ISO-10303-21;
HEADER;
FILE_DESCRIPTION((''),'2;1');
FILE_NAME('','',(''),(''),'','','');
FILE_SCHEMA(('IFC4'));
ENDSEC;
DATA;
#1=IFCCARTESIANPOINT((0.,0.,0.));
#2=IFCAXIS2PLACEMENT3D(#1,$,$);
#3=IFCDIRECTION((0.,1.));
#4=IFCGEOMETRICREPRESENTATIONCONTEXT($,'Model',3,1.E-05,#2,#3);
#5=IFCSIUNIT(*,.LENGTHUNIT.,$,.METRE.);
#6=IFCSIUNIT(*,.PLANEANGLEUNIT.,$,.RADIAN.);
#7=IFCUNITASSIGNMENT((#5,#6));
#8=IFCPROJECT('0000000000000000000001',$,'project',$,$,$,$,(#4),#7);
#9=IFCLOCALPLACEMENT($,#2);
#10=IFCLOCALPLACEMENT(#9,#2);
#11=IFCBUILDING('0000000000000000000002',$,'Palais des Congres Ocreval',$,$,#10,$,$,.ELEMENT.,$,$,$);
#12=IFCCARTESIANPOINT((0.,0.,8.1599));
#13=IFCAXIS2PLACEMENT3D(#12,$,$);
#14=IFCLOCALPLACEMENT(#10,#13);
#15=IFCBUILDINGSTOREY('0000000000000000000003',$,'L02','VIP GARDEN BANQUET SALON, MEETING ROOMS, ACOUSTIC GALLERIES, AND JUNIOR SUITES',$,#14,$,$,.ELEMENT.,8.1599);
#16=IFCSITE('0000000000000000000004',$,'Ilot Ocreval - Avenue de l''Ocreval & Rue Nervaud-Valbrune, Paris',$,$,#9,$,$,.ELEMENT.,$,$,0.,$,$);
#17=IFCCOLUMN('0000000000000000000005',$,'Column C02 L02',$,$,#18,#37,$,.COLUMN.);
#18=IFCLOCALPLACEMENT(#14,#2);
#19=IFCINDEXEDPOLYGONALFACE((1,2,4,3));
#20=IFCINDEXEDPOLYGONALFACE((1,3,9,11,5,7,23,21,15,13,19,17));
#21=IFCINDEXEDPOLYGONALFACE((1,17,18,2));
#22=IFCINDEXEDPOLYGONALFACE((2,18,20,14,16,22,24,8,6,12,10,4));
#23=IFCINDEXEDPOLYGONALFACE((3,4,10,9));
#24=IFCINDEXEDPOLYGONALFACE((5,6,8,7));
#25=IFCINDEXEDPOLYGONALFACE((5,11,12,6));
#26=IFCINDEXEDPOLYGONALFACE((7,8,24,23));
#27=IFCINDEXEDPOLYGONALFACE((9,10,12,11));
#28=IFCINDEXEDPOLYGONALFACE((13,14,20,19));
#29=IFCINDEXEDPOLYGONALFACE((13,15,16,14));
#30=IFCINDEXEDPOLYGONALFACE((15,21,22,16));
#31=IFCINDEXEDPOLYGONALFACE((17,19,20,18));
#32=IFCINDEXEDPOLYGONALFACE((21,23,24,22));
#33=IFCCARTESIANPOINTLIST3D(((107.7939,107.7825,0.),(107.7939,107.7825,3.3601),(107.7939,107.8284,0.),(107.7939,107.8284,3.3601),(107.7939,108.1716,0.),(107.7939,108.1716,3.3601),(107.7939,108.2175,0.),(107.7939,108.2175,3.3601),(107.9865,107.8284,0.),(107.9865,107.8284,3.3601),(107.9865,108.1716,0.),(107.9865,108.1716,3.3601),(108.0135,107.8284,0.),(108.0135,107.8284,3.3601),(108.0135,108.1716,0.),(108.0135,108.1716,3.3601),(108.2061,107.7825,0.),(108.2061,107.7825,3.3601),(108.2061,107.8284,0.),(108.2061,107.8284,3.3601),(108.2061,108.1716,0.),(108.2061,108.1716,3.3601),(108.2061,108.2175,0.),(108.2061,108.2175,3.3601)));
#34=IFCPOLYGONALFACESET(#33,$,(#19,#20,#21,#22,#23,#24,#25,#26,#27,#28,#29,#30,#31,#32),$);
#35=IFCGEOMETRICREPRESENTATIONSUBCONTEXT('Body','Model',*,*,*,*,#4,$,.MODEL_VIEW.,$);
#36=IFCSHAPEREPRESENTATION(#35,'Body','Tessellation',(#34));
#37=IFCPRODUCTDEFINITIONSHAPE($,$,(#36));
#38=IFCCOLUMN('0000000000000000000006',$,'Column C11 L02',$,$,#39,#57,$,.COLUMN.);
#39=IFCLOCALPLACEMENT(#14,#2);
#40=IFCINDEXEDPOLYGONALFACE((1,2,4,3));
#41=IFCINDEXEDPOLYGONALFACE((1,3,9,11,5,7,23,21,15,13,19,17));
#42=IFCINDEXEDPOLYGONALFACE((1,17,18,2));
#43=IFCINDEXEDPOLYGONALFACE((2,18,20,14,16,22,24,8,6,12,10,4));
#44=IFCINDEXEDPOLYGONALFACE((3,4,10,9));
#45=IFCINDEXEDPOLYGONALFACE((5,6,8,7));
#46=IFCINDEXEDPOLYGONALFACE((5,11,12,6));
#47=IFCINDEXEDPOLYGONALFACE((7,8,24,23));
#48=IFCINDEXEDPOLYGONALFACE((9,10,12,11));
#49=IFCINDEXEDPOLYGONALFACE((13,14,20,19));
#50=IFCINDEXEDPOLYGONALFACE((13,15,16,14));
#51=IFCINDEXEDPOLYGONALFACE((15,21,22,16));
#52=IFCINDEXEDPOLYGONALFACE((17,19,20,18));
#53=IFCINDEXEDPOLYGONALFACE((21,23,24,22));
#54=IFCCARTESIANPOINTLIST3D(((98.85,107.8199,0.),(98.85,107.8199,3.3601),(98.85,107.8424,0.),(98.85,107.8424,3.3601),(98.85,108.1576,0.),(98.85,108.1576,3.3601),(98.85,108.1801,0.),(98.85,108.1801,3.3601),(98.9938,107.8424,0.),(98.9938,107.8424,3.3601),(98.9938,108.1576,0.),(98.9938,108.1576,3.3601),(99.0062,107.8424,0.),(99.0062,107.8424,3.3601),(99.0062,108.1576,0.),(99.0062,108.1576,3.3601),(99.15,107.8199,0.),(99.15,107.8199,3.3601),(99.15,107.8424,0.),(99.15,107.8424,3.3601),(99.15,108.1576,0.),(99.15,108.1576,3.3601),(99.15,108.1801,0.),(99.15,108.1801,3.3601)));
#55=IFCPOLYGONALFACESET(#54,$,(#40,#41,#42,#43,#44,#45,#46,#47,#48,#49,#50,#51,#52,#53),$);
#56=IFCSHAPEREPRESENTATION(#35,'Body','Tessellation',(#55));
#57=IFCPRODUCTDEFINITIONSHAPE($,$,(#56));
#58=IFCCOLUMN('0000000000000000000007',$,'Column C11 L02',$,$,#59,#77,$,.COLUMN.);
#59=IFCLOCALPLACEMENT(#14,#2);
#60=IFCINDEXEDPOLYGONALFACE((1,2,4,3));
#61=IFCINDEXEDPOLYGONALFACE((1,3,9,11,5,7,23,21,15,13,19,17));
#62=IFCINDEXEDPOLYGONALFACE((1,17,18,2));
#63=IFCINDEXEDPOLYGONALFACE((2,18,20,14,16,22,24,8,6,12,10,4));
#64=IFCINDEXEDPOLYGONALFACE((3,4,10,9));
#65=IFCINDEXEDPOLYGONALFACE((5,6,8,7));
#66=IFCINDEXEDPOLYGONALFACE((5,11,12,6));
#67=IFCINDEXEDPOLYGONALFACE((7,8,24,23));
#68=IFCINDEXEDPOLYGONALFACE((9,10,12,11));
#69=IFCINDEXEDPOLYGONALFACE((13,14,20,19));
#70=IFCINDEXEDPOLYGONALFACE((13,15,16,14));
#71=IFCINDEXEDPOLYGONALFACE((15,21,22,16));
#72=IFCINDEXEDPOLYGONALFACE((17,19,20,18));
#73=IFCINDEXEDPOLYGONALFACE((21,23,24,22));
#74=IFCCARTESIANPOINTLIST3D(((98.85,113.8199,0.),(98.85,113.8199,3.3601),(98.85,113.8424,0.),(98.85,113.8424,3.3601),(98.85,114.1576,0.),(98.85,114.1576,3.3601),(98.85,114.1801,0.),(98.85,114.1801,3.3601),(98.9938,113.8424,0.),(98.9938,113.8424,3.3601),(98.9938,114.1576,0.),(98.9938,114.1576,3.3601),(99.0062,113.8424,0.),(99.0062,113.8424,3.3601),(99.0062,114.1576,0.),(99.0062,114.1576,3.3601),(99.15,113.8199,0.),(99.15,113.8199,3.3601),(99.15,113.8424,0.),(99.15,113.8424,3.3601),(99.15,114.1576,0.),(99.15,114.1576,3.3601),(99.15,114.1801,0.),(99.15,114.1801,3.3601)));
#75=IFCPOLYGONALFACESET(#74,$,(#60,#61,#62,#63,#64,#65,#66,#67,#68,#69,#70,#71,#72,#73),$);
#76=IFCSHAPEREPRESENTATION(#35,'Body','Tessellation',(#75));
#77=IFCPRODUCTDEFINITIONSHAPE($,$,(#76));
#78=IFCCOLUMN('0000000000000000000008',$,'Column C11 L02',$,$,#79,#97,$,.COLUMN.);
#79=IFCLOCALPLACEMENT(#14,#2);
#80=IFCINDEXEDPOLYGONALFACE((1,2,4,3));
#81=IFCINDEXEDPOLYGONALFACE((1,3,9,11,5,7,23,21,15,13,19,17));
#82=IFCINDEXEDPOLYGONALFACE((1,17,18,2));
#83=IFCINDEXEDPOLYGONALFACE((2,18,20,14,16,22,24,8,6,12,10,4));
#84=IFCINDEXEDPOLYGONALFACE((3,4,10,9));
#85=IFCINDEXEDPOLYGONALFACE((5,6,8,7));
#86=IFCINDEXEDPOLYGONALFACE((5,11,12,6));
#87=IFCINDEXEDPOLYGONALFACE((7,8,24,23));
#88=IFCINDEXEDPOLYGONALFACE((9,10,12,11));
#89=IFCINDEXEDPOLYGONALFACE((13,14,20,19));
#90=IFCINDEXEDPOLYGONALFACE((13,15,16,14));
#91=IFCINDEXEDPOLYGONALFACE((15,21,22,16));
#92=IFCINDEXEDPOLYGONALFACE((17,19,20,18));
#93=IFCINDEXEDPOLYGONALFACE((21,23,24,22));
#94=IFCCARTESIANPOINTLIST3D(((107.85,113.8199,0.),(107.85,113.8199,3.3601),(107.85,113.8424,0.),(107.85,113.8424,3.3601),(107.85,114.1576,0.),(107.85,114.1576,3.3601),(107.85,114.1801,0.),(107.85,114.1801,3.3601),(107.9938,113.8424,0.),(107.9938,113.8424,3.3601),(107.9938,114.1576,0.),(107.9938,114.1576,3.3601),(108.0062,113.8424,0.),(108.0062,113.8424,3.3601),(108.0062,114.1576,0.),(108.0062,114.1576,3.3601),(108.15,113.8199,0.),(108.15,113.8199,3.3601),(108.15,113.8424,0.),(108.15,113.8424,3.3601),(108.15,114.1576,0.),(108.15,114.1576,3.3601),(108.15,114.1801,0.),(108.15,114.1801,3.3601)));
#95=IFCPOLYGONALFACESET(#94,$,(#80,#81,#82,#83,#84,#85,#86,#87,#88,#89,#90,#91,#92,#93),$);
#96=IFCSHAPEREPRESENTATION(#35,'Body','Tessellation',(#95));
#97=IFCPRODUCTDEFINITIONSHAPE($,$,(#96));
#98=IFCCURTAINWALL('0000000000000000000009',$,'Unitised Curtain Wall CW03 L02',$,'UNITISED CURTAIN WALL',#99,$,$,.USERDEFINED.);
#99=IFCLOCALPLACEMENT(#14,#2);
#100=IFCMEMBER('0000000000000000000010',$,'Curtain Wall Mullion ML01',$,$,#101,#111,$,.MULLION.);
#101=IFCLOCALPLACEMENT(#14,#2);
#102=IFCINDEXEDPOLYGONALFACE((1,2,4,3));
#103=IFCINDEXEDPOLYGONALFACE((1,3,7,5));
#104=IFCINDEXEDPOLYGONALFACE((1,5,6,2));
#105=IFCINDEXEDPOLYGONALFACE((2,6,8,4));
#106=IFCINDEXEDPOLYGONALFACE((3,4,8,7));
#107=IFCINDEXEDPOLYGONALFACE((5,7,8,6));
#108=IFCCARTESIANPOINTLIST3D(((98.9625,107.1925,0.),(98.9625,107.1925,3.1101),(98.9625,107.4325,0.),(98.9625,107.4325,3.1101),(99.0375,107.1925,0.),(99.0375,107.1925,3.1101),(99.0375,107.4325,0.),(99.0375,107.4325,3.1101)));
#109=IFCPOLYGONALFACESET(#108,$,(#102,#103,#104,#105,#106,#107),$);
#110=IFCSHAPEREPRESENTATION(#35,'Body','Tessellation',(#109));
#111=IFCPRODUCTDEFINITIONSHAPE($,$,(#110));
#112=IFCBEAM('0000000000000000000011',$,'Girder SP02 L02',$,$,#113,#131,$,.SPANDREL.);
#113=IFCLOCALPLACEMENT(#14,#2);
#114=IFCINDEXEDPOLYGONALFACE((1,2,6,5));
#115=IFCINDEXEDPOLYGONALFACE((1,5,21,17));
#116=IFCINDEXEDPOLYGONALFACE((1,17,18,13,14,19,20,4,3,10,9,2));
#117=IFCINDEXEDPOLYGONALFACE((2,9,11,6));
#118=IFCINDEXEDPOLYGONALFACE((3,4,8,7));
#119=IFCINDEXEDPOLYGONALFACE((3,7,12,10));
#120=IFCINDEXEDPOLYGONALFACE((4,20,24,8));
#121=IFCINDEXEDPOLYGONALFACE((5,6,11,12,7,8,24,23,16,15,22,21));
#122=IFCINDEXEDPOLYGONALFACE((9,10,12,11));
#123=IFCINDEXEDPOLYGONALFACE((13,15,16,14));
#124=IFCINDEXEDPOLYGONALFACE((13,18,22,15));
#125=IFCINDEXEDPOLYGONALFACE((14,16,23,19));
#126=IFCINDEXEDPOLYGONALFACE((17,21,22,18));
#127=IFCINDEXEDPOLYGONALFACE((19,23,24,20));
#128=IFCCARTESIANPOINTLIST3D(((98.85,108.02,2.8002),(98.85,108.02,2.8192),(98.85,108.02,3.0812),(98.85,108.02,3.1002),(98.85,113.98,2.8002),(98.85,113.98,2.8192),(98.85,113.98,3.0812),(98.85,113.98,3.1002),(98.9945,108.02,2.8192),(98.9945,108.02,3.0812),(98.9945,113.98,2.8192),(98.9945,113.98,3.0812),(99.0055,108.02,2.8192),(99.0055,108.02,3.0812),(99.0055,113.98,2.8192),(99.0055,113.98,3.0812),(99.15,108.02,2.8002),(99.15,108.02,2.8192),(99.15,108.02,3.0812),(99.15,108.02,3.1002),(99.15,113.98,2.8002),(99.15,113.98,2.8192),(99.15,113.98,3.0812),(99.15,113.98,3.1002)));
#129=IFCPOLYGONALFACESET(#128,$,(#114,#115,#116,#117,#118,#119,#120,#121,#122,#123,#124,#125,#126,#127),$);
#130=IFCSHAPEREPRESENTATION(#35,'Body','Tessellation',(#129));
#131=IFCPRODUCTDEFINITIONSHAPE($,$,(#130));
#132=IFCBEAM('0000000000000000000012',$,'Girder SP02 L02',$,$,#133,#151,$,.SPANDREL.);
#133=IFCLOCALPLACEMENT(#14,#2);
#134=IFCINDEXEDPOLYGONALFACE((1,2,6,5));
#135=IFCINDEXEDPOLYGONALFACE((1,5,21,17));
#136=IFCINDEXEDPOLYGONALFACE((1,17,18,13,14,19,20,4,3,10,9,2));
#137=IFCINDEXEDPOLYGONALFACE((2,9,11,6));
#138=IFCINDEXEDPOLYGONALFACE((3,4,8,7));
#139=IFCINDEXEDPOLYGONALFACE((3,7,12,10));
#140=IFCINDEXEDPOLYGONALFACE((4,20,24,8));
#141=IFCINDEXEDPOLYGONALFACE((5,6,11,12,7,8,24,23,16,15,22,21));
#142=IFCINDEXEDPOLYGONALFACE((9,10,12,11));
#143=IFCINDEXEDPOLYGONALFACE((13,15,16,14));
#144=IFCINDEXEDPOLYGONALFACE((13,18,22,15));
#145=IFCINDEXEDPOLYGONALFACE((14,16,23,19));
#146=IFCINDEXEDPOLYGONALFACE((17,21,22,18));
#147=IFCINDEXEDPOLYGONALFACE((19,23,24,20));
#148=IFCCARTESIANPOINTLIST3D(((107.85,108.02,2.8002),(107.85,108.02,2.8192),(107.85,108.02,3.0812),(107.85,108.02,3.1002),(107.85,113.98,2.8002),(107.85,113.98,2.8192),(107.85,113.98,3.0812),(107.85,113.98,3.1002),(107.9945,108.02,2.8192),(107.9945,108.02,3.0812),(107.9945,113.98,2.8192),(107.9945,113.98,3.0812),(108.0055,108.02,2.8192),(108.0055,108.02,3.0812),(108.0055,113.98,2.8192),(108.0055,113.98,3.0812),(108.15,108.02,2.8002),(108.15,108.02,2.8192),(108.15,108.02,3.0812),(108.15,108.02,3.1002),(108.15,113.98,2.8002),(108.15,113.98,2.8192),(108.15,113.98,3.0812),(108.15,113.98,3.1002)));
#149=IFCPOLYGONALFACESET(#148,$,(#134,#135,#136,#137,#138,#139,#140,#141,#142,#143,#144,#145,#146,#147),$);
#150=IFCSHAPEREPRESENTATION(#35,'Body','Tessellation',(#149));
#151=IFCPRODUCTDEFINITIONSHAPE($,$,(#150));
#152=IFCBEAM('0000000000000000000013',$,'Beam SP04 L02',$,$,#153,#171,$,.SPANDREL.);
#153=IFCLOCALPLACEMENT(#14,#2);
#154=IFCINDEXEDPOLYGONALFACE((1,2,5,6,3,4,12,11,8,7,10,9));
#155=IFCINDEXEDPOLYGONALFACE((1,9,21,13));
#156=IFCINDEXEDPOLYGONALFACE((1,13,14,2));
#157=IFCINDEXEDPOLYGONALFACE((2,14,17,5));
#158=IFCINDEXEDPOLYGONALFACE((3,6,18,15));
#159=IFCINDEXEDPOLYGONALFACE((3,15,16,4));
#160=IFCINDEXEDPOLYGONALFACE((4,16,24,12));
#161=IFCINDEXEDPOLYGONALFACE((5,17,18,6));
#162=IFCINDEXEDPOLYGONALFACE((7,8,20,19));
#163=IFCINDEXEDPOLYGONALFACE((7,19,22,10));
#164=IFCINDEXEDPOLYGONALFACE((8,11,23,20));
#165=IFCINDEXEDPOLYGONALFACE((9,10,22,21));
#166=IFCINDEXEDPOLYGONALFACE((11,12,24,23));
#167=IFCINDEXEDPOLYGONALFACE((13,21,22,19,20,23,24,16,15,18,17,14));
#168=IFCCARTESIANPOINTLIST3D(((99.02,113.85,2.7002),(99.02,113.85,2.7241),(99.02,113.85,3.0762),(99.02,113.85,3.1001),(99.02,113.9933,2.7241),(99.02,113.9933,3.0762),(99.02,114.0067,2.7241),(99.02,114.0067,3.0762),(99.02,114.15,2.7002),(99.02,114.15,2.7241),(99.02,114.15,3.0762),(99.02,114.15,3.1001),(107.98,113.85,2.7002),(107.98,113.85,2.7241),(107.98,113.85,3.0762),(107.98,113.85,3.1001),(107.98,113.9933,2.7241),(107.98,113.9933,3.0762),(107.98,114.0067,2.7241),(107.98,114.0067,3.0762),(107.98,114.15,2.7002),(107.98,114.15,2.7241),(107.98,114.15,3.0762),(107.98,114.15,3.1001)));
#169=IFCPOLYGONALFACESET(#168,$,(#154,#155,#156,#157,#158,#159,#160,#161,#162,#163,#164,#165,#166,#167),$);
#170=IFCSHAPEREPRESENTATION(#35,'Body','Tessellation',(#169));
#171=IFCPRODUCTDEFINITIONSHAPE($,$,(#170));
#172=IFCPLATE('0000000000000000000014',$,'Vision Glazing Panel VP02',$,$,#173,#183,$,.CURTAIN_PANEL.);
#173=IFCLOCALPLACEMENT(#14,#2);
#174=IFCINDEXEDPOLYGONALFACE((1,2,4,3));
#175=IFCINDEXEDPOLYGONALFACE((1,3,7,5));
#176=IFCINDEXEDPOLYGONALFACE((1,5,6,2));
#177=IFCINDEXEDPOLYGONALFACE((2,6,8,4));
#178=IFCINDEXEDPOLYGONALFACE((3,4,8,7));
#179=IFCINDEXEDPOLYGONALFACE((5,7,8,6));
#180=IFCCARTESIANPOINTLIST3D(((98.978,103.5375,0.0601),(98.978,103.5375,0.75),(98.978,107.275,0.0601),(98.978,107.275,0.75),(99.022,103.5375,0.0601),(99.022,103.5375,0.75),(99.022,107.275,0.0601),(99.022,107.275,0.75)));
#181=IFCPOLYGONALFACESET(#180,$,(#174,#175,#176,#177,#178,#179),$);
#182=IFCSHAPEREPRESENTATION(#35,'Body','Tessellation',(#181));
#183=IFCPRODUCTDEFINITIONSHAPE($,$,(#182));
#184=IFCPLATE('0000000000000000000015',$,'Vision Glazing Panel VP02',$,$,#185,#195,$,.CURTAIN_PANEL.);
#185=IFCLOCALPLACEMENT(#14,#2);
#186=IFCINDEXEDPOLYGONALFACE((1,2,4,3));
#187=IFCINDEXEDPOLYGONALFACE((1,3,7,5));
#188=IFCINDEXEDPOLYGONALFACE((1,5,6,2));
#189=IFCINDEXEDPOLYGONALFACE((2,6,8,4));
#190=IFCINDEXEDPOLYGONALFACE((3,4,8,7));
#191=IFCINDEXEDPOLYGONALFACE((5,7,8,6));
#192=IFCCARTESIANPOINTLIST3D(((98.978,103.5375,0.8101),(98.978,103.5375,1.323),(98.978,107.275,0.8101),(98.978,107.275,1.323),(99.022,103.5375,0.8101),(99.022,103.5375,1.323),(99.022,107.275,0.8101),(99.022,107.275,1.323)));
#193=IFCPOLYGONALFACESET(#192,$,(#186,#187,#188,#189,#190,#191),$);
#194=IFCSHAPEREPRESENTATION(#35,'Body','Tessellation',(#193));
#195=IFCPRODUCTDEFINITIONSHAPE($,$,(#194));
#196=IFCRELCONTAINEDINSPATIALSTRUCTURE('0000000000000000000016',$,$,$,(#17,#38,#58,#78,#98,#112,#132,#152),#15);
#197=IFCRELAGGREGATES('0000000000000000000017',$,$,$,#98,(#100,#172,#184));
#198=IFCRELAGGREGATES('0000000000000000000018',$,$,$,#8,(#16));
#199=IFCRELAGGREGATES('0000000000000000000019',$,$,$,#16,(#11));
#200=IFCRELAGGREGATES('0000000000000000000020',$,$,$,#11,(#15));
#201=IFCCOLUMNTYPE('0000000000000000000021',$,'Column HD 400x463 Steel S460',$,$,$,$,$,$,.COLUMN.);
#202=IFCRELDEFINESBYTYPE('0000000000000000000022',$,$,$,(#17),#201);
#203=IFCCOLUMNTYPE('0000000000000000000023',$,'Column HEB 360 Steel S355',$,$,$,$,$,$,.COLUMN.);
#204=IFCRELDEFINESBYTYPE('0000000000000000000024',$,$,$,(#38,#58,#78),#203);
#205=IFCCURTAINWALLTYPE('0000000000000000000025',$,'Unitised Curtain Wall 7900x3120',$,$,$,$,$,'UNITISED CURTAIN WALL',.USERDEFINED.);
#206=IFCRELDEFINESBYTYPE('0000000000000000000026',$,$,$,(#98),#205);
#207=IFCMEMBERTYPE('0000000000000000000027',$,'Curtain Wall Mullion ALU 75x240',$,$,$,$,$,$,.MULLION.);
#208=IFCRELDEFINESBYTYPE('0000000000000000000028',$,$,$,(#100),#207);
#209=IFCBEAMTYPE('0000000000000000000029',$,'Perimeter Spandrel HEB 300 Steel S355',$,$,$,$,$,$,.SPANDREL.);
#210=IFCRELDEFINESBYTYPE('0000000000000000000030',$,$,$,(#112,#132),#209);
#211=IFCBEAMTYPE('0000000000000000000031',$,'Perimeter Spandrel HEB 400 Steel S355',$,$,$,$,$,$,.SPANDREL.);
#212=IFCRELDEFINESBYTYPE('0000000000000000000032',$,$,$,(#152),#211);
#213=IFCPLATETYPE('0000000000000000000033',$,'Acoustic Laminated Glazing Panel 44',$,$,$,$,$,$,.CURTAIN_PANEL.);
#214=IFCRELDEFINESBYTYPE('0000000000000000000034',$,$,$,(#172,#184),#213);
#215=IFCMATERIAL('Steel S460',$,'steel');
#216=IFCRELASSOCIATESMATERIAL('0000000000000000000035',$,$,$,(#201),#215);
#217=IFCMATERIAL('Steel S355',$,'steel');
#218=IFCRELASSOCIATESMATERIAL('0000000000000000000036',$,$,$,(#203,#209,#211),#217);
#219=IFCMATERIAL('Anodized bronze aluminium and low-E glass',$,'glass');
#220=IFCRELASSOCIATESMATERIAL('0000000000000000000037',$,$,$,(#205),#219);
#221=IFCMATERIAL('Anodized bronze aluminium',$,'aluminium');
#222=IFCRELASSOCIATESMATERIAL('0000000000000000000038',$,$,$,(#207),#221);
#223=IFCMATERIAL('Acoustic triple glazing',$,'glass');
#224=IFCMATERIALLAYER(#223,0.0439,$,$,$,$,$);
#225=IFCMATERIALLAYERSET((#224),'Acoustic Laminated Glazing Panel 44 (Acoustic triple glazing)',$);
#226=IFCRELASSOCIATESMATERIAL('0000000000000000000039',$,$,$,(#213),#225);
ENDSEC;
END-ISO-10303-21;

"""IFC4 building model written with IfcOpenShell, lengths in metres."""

from ifc_helpers import new_model, si_unit, direction, frame, origin, origin_2d, place, context, subcontext, project, spatial, rectangle, i_section, extrude, material, layer, layer_set, material_profile, profile_set, type_object, element, aggregate, save


model = new_model("IFC4")

# Units and contexts
model_context = context("Model", 3, precision=1e-05, world=origin(), true_north=direction((0.0, 1.0)))
body_context = subcontext(model_context, "Body", "Model", "MODEL_VIEW")
ifc_project = project(units=[si_unit("LENGTHUNIT", "METRE"), si_unit("PLANEANGLEUNIT", "RADIAN")], contexts=[model_context])

# Site, building, storey
site_placement = place(None, origin())
site = spatial("IfcSite", under=ifc_project, at=site_placement, Name="Ilot Ocreval - Avenue de l'Ocreval & Rue Nervaud-Valbrune, Paris", CompositionType="ELEMENT", RefElevation=0.0)
building_placement = place(site_placement, origin())
building = spatial("IfcBuilding", under=site, at=building_placement, Name="Palais des Congres Ocreval", CompositionType="ELEMENT")
storey_placement = place(building_placement, frame((0.0, 0.0, 8.1599)))
storey = spatial("IfcBuildingStorey", under=building, at=storey_placement, Name="L02", Description="VIP GARDEN BANQUET SALON, MEETING ROOMS, ACOUSTIC GALLERIES, AND JUNIOR SUITES", CompositionType="ELEMENT", Elevation=8.1599)

# Columns
ifc_material_1 = material(Name="Steel S460", Category="steel")
ifc_material_profile_1 = material_profile(ifc_material_1, i_section(OverallWidth=0.4121, OverallDepth=0.4351, WebThickness=0.0271, FlangeThickness=0.0459, at=origin_2d()), Name="HD 400x463")
ifc_profile_set_1 = profile_set([ifc_material_profile_1], Name="Steel S460")
column_type_1 = type_object("IfcColumnType", Name="Column HD 400x463 Steel S460", PredefinedType="COLUMN", material=ifc_profile_set_1)
column_placement = place(storey_placement, frame((108.0, 108.0, 0.0), z_axis=(0.0, 0.0, 1.0), x_axis=(1.0, 0.0, 0.0)))
element("IfcColumn", 1, at=column_placement, inside=storey, type_object=column_type_1, Name="Column C02 L02", PredefinedType="COLUMN", context=body_context, shape_type="SweptSolid", body=[
    extrude(i_section(OverallWidth=0.4121, OverallDepth=0.4351, WebThickness=0.0271, FlangeThickness=0.0459, at=origin_2d()), origin(), (0.0, 0.0, 1.0), 3.3601),
])
ifc_material_2 = material(Name="Steel S355", Category="steel")
ifc_material_profile_2 = material_profile(ifc_material_2, i_section(OverallWidth=0.3, OverallDepth=0.3601, WebThickness=0.0125, FlangeThickness=0.0225, at=origin_2d()), Name="HEB 360")
ifc_profile_set_2 = profile_set([ifc_material_profile_2], Name="Steel S355")
column_type_2 = type_object("IfcColumnType", Name="Column HEB 360 Steel S355", PredefinedType="COLUMN", material=ifc_profile_set_2)
for number, where, z_axis, x_axis, name in (
    (2, (99.0, 108.0, 0.0), (0.0, 0.0, 1.0), (1.0, 0.0, 0.0), "Column C11 L02"),
    (3, (99.0, 114.0, 0.0), (0.0, 0.0, 1.0), (1.0, 0.0, 0.0), "Column C11 L02"),
    (4, (108.0, 114.0, 0.0), (0.0, 0.0, 1.0), (1.0, 0.0, 0.0), "Column C11 L02"),
):
    element("IfcColumn", number, at=place(storey_placement, frame(where, z_axis=z_axis, x_axis=x_axis)), inside=storey, type_object=column_type_2, Name=name, PredefinedType="COLUMN", context=body_context, shape_type="SweptSolid", body=[
        extrude(i_section(OverallWidth=0.3, OverallDepth=0.3601, WebThickness=0.0125, FlangeThickness=0.0225, at=origin_2d()), origin(), (0.0, 0.0, 1.0), 3.3601),
    ])

# Curtain wall, member
ifc_material_3 = material(Name="Anodized bronze aluminium and low-E glass", Category="glass")
curtain_wall_type = type_object("IfcCurtainWallType", Name="Unitised Curtain Wall 7900x3120", ElementType="UNITISED CURTAIN WALL", PredefinedType="USERDEFINED", material=ifc_material_3)
curtain_wall_placement = place(storey_placement, origin())
curtain_wall = element("IfcCurtainWall", 5, at=curtain_wall_placement, inside=storey, type_object=curtain_wall_type, Name="Unitised Curtain Wall CW03 L02", ObjectType="UNITISED CURTAIN WALL", PredefinedType="USERDEFINED")
ifc_material_4 = material(Name="Anodized bronze aluminium", Category="aluminium")
ifc_material_profile_3 = material_profile(ifc_material_4, rectangle(XDim=0.075, YDim=0.24, at=origin_2d()), Name="ALU 75x240")
ifc_profile_set_3 = profile_set([ifc_material_profile_3], Name="Anodized bronze aluminium")
member_type = type_object("IfcMemberType", Name="Curtain Wall Mullion ALU 75x240", PredefinedType="MULLION", material=ifc_profile_set_3)
member_placement = place(storey_placement, frame((99.0, 107.3125, 0.0), z_axis=(0.0, 0.0, 1.0), x_axis=(-1.0, 0.0, 0.0)))
member = element("IfcMember", 6, at=member_placement, type_object=member_type, Name="Curtain Wall Mullion ML01", PredefinedType="MULLION", context=body_context, shape_type="SweptSolid", body=[
    extrude(rectangle(XDim=0.075, YDim=0.24, at=origin_2d()), origin(), (0.0, 0.0, 1.0), 3.1101),
])

# Beams
ifc_material_profile_4 = material_profile(ifc_material_2, i_section(OverallWidth=0.3, OverallDepth=0.3, WebThickness=0.011, FlangeThickness=0.019, at=origin_2d()), Name="HEB 300")
ifc_profile_set_4 = profile_set([ifc_material_profile_4], Name="Steel S355")
beam_type_1 = type_object("IfcBeamType", Name="Perimeter Spandrel HEB 300 Steel S355", PredefinedType="SPANDREL", material=ifc_profile_set_4)
for number, where, z_axis, x_axis, name in (
    (7, (99.0, 108.02, 2.9502), (0.0, 1.0, 0.0), (-1.0, 0.0, 0.0), "Girder SP02 L02"),
    (8, (108.0, 108.02, 2.9502), (0.0, 1.0, 0.0), (-1.0, 0.0, 0.0), "Girder SP02 L02"),
):
    element("IfcBeam", number, at=place(storey_placement, frame(where, z_axis=z_axis, x_axis=x_axis)), inside=storey, type_object=beam_type_1, Name=name, PredefinedType="SPANDREL", context=body_context, shape_type="SweptSolid", body=[
        extrude(i_section(OverallWidth=0.3, OverallDepth=0.3, WebThickness=0.011, FlangeThickness=0.019, at=origin_2d()), origin(), (0.0, 0.0, 1.0), 5.96),
    ])
ifc_material_profile_5 = material_profile(ifc_material_2, i_section(OverallWidth=0.3, OverallDepth=0.3999, WebThickness=0.0134, FlangeThickness=0.0239, at=origin_2d()), Name="HEB 400")
ifc_profile_set_5 = profile_set([ifc_material_profile_5], Name="Steel S355")
beam_type_2 = type_object("IfcBeamType", Name="Perimeter Spandrel HEB 400 Steel S355", PredefinedType="SPANDREL", material=ifc_profile_set_5)
beam_placement = place(storey_placement, frame((99.02, 114.0, 2.9001), z_axis=(1.0, 0.0, 0.0), x_axis=(0.0, 1.0, 0.0)))
element("IfcBeam", 9, at=beam_placement, inside=storey, type_object=beam_type_2, Name="Beam SP04 L02", PredefinedType="SPANDREL", context=body_context, shape_type="SweptSolid", body=[
    extrude(i_section(OverallWidth=0.3, OverallDepth=0.3999, WebThickness=0.0134, FlangeThickness=0.0239, at=origin_2d()), origin(), (0.0, 0.0, 1.0), 8.96),
])

# Plates
ifc_material_5 = material(Name="Acoustic triple glazing", Category="glass")
ifc_layer_1 = layer(ifc_material_5, 0.0439)
ifc_layer_set_1 = layer_set([ifc_layer_1], Name="Acoustic Laminated Glazing Panel 44 (Acoustic triple glazing)")
plate_type_1 = type_object("IfcPlateType", Name="Acoustic Laminated Glazing Panel 44", PredefinedType="CURTAIN_PANEL", material=ifc_layer_set_1)
plate_1_placement = place(storey_placement, frame((99.0, 105.4062, 0.0601), z_axis=(0.0, 0.0, 1.0), x_axis=(0.0, 1.0, 0.0)))
plate_1 = element("IfcPlate", 10, at=plate_1_placement, type_object=plate_type_1, Name="Vision Glazing Panel VP02", PredefinedType="CURTAIN_PANEL", context=body_context, shape_type="SweptSolid", body=[
    extrude(rectangle(XDim=3.7375, YDim=0.0439, at=origin_2d()), origin(), (0.0, 0.0, 1.0), 0.6899),
])
plate_2_placement = place(storey_placement, frame((99.0, 105.4062, 0.8101), z_axis=(0.0, 0.0, 1.0), x_axis=(0.0, 1.0, 0.0)))
plate_2 = element("IfcPlate", 11, at=plate_2_placement, type_object=plate_type_1, Name="Vision Glazing Panel VP02", PredefinedType="CURTAIN_PANEL", context=body_context, shape_type="SweptSolid", body=[
    extrude(rectangle(XDim=3.7375, YDim=0.0439, at=origin_2d()), origin(), (0.0, 0.0, 1.0), 0.5129),
])
aggregate(curtain_wall, [member, plate_1, plate_2])

save(model, "model.ifc")
